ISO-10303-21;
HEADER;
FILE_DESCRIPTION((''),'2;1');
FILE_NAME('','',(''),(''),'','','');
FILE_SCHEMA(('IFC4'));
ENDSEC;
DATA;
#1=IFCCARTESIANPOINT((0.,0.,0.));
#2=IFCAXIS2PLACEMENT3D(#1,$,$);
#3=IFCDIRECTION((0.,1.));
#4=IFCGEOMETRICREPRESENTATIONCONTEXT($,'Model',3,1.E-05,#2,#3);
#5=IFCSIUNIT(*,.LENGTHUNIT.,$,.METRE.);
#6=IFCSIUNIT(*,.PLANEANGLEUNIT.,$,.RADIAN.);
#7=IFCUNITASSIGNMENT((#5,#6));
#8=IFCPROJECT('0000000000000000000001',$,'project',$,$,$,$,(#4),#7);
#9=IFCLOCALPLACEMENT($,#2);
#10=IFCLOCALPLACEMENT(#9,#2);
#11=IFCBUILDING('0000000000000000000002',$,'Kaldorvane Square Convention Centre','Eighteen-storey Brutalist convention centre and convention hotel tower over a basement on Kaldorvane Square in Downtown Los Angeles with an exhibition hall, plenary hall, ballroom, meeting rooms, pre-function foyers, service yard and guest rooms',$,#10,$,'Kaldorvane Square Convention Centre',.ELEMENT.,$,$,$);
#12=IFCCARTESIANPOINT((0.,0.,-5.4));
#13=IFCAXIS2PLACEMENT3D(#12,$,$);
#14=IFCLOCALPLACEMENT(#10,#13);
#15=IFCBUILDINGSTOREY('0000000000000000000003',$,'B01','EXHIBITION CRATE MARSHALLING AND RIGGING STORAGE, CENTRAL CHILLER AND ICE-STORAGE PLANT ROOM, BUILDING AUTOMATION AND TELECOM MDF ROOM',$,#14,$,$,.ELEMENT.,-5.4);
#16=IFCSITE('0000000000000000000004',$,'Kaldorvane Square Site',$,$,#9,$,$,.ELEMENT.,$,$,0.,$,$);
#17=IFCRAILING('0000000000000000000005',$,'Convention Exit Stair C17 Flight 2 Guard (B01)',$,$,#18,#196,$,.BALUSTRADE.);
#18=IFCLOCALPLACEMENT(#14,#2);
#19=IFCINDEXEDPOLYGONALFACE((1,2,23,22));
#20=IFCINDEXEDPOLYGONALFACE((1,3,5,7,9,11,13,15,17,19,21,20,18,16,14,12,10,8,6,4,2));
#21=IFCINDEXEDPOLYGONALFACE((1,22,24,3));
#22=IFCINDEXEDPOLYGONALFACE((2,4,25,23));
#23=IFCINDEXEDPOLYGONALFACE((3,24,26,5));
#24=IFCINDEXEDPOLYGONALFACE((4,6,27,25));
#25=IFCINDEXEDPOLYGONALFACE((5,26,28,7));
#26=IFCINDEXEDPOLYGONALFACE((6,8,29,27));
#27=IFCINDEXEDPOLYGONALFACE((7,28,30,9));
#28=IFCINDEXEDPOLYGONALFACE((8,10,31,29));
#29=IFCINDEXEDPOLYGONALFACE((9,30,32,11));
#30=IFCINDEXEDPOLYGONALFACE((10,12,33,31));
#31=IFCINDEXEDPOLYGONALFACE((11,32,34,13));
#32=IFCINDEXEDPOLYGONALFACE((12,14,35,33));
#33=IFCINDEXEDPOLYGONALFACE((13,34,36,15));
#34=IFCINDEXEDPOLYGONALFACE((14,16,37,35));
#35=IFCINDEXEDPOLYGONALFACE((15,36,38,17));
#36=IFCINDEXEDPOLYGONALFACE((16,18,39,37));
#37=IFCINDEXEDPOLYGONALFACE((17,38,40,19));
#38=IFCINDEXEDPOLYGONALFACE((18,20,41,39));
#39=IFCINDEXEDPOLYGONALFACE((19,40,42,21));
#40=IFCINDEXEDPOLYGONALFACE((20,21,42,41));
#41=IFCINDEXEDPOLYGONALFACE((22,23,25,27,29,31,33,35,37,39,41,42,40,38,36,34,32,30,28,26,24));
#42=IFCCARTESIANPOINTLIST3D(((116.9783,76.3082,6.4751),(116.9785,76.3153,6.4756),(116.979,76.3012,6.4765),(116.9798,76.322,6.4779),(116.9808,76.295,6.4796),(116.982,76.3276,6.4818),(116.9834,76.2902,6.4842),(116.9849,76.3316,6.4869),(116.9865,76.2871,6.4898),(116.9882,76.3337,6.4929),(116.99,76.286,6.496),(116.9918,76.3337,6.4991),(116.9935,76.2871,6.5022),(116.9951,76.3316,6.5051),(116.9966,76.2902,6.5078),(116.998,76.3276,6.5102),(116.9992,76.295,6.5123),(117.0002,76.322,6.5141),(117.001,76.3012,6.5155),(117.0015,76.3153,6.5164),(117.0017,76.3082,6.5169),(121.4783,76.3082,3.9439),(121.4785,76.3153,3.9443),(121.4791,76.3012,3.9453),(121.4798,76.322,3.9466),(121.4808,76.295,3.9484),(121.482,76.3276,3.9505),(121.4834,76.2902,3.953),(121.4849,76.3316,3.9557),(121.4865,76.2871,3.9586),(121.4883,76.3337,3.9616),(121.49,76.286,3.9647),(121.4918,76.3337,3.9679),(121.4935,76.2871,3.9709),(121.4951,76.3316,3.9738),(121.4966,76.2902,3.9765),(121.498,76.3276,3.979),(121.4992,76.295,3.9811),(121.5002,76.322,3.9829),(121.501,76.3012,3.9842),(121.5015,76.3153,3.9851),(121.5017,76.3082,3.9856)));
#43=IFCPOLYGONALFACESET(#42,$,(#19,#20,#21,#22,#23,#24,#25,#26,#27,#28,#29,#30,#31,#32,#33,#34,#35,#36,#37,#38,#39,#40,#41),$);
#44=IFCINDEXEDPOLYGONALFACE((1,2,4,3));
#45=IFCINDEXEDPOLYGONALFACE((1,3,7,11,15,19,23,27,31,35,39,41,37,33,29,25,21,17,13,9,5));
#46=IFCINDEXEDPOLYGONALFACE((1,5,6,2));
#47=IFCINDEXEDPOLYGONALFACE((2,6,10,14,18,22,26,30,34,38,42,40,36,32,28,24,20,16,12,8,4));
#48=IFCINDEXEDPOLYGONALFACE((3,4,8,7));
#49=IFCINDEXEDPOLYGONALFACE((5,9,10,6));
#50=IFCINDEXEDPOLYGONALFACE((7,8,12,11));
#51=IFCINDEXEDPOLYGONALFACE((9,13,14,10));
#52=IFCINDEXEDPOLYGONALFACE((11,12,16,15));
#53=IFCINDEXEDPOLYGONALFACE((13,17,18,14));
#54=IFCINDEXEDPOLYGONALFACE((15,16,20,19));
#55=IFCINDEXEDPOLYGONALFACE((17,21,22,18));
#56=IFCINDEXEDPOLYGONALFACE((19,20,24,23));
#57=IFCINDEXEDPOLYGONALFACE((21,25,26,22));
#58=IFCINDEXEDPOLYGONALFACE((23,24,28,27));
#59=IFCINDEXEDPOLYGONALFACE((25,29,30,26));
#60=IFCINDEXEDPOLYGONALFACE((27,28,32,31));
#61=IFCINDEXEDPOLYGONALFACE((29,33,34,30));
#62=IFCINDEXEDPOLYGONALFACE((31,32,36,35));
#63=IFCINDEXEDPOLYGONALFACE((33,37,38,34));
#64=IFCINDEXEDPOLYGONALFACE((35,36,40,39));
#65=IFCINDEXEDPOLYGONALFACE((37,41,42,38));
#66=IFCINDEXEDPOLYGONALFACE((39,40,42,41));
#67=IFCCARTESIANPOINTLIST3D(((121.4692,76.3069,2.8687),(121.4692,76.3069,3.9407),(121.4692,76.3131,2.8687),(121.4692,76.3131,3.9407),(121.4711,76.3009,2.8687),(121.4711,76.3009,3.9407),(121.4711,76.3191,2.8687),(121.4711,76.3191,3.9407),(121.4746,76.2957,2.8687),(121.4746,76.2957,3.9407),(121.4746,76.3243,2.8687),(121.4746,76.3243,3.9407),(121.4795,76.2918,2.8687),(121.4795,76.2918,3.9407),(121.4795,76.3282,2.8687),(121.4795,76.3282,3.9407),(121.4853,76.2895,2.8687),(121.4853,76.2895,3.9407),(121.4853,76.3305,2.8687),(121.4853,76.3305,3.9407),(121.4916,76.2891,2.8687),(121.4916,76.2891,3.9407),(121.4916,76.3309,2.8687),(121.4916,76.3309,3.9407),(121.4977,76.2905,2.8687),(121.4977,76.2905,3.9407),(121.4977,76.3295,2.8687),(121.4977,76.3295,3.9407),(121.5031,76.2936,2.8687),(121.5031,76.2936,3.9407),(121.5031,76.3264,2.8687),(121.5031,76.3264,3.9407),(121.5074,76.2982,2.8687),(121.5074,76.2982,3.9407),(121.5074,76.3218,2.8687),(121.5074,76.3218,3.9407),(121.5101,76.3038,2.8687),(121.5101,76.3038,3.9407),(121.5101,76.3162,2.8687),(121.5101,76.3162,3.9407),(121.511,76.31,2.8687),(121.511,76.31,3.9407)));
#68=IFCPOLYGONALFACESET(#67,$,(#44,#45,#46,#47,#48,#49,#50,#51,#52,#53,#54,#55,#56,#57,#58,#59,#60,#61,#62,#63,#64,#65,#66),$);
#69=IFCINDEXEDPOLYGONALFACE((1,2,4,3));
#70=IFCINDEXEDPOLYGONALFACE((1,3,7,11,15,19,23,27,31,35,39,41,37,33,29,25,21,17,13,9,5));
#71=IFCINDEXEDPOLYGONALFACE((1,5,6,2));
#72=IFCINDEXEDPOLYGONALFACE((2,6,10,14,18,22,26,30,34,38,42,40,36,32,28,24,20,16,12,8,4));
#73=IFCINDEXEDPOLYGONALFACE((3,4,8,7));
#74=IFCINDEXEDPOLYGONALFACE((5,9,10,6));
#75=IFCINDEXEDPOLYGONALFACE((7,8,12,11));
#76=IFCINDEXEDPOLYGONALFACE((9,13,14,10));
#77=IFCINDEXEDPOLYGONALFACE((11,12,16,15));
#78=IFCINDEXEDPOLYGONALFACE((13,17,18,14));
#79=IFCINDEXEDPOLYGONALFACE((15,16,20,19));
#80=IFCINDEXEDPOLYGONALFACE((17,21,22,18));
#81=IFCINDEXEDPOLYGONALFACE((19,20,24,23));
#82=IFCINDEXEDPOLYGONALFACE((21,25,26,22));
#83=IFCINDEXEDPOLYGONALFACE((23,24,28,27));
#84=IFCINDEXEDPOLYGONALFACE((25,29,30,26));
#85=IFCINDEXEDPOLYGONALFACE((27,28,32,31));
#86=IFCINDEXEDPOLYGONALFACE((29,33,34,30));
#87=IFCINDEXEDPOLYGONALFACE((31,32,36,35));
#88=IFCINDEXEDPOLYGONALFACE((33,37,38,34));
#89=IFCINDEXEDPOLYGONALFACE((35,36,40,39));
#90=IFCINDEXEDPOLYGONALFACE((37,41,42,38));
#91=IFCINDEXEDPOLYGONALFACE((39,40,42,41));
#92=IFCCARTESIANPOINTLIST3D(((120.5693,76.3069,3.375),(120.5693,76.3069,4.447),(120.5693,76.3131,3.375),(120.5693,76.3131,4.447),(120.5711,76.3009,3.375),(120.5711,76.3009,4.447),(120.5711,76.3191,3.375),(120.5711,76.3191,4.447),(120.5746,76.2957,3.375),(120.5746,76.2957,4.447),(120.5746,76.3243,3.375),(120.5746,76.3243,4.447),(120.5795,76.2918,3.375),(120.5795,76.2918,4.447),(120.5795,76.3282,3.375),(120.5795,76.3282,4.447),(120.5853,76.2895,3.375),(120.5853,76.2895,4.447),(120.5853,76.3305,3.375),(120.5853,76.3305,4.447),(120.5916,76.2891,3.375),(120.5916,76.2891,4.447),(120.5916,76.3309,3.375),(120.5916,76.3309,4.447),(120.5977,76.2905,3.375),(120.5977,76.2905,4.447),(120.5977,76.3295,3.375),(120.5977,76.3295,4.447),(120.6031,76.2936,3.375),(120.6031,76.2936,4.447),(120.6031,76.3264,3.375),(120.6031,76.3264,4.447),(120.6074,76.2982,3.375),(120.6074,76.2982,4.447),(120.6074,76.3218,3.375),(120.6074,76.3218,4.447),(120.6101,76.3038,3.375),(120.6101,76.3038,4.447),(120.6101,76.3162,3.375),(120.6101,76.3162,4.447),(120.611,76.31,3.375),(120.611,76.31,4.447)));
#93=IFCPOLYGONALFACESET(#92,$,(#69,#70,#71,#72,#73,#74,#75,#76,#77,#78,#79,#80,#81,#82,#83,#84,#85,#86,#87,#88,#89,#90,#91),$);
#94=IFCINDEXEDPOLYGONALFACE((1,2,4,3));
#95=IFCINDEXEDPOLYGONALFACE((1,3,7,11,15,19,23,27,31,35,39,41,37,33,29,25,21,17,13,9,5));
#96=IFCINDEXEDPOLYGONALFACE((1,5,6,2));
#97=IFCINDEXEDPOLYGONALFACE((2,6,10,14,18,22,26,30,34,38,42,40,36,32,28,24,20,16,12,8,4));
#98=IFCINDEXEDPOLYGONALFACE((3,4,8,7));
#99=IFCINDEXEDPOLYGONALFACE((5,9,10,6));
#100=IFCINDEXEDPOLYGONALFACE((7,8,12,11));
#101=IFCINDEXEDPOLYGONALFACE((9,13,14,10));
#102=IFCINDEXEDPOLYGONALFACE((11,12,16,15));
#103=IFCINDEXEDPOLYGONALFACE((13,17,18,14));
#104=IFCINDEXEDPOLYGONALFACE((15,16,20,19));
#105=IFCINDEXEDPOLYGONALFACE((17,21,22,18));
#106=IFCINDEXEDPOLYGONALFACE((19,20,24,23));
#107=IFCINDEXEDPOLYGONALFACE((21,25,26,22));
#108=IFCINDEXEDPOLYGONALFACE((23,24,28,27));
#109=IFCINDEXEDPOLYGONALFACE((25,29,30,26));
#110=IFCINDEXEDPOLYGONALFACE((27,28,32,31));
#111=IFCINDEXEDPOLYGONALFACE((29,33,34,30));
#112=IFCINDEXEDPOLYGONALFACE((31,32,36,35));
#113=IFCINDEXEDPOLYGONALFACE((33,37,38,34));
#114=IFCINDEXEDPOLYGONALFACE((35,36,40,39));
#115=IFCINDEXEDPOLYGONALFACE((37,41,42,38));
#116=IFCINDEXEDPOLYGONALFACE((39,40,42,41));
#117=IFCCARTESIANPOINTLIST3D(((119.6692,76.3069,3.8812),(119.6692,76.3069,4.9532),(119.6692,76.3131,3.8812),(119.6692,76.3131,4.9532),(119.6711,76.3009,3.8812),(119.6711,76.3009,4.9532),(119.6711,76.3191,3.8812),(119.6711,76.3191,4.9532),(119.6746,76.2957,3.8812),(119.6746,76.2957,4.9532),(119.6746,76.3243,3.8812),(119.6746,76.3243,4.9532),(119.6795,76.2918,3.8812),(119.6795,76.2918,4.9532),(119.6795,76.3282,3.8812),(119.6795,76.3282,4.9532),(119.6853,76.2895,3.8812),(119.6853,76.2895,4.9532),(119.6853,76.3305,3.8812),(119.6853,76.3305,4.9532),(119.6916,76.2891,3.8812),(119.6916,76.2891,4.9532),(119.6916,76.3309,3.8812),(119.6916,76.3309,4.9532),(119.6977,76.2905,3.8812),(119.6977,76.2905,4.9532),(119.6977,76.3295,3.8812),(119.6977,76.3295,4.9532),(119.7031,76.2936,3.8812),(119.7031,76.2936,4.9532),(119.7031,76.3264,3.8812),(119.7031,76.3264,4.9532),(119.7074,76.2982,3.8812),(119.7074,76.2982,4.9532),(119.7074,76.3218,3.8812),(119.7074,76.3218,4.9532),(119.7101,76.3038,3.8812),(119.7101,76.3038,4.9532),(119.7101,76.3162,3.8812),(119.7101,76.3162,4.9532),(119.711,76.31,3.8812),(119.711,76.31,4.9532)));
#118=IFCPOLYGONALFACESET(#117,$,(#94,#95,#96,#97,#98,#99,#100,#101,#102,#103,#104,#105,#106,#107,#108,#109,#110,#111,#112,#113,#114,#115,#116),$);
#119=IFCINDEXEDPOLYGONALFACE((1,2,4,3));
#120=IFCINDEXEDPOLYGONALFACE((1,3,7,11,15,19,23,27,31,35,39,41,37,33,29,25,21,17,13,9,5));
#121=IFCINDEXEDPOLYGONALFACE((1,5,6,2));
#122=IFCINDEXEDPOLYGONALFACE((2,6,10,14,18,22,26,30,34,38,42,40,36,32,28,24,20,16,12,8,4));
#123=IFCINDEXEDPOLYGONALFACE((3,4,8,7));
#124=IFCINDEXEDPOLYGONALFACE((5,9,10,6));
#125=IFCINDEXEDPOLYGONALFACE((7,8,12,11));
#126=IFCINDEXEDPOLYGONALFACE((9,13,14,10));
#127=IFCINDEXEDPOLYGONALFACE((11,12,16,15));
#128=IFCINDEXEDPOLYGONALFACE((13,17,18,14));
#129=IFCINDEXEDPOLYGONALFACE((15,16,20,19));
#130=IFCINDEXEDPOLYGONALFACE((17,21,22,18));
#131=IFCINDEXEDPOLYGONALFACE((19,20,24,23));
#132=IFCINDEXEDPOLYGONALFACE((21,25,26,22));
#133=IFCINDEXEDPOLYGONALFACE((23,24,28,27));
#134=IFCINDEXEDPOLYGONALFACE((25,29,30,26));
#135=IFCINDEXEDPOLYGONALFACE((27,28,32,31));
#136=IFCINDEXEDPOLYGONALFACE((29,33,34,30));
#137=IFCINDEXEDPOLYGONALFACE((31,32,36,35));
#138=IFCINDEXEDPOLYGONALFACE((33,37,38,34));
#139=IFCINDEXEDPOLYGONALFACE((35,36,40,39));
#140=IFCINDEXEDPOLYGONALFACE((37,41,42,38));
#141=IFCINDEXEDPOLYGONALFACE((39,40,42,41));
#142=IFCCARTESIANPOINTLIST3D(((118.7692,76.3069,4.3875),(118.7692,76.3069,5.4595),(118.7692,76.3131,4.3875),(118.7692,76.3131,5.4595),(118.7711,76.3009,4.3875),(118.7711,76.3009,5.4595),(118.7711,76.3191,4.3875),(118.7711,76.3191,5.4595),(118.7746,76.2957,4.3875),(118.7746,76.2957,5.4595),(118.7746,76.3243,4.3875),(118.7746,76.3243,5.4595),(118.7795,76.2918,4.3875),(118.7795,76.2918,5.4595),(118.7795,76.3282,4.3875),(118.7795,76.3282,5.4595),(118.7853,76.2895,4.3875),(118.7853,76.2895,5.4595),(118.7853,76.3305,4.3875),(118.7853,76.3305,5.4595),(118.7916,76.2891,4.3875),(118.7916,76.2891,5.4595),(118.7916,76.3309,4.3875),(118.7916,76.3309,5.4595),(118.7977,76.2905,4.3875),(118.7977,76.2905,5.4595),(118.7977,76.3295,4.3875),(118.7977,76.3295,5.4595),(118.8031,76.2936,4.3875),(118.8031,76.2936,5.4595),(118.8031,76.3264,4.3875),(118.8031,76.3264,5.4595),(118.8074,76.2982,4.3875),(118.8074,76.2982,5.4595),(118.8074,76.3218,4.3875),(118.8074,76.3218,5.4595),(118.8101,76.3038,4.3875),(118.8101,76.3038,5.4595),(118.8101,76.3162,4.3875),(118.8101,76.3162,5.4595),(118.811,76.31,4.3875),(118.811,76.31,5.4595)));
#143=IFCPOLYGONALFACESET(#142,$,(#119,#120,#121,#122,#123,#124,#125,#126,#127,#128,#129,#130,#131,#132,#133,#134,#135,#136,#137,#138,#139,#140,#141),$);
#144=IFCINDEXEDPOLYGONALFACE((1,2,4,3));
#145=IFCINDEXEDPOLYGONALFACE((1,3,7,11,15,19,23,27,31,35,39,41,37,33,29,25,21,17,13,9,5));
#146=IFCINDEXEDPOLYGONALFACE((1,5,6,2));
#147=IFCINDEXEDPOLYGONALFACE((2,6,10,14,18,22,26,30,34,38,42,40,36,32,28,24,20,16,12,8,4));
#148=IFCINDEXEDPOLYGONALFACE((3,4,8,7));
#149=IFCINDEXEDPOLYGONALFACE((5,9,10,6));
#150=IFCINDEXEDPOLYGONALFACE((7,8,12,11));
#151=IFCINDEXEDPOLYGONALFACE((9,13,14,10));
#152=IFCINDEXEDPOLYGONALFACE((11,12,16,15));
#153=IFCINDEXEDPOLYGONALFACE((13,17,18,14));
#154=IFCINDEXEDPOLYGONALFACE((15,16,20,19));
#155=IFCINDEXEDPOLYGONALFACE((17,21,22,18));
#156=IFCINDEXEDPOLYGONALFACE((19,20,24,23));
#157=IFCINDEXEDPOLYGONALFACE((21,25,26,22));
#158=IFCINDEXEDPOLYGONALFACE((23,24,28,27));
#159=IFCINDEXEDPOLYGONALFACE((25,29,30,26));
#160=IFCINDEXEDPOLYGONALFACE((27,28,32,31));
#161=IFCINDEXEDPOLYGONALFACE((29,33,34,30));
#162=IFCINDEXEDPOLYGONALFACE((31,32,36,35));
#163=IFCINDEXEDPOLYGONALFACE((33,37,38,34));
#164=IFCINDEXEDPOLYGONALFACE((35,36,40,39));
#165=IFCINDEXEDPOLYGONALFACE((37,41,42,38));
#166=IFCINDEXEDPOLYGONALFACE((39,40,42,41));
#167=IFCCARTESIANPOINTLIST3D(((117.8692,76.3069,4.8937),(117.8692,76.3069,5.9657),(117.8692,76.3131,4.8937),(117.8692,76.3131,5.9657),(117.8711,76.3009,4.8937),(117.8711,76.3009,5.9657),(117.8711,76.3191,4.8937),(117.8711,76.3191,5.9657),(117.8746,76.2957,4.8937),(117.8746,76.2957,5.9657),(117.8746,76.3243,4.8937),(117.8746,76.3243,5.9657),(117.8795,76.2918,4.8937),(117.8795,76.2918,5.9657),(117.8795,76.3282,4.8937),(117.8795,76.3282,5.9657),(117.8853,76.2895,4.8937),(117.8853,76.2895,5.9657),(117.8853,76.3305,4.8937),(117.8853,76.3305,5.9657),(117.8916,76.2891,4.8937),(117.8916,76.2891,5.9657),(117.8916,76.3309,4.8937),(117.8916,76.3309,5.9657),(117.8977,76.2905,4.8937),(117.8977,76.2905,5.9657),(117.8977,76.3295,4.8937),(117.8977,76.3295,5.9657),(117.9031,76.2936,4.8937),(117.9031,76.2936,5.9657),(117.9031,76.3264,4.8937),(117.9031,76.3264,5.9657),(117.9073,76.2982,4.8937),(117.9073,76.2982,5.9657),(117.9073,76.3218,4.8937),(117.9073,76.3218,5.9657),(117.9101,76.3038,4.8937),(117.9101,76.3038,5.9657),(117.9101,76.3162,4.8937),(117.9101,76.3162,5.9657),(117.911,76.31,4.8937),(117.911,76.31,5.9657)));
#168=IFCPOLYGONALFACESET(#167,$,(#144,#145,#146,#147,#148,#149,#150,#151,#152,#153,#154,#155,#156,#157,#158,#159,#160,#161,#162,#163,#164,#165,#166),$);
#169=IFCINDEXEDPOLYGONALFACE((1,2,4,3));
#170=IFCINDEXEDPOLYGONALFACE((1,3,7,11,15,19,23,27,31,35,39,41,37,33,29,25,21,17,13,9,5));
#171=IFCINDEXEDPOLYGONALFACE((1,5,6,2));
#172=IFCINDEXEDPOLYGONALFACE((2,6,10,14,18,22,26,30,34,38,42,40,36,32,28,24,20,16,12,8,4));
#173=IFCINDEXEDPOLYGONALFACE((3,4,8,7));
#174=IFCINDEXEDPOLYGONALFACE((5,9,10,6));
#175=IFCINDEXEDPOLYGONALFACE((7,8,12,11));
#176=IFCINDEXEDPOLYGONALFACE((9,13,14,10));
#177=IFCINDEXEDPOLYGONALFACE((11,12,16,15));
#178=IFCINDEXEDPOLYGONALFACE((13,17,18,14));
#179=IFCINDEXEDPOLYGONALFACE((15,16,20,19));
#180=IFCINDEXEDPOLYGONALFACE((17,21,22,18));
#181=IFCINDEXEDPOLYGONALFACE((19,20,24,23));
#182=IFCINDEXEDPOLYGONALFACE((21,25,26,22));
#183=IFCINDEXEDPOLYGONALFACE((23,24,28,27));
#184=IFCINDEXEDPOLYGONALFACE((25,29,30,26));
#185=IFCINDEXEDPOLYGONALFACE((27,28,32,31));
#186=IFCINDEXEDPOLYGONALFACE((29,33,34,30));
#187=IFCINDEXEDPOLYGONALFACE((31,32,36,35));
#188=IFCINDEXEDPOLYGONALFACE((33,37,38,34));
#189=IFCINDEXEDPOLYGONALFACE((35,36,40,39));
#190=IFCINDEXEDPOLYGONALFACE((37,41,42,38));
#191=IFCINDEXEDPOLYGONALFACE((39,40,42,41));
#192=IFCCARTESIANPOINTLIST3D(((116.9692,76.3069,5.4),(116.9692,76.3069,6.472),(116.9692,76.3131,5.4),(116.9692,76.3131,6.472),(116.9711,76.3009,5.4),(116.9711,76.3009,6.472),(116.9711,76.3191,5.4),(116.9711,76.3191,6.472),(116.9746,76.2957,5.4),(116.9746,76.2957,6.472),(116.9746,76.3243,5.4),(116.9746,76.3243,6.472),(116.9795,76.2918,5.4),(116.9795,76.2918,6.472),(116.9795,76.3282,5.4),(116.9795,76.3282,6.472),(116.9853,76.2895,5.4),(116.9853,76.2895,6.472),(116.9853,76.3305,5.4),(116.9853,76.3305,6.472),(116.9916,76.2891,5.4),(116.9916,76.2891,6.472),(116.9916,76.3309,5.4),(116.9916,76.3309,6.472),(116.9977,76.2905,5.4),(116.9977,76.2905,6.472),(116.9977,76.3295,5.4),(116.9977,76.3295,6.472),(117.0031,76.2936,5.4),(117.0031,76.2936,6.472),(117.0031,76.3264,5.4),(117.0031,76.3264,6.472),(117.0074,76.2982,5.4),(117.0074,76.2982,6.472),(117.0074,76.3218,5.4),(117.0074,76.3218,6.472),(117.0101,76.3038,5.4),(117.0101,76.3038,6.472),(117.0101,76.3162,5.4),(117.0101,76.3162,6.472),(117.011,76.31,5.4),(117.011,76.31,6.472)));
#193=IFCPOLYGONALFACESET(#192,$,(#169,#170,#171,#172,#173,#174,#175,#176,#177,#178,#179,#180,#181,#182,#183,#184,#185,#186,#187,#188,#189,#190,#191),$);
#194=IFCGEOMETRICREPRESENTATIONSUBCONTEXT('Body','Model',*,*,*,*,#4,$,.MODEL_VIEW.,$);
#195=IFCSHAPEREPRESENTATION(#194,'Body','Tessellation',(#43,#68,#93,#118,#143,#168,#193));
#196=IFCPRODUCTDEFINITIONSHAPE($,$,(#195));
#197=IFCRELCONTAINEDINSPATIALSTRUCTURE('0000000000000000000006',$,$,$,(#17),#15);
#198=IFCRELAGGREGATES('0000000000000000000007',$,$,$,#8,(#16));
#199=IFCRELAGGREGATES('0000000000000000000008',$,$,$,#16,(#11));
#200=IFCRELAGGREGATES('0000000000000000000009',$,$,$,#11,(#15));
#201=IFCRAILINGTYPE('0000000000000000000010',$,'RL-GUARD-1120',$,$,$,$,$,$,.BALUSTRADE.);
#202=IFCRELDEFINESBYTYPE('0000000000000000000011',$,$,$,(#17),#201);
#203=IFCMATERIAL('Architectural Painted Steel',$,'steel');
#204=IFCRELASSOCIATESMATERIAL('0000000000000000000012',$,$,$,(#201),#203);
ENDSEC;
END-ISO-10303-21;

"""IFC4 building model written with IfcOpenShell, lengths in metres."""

from ifc_helpers import new_model, si_unit, direction, frame, origin, origin_2d, place, context, subcontext, project, spatial, circle, extrude, material, type_object, element, save


model = new_model("IFC4")

# Units and contexts
model_context = context("Model", 3, precision=1e-05, world=origin(), true_north=direction((0.0, 1.0)))
body_context = subcontext(model_context, "Body", "Model", "MODEL_VIEW")
ifc_project = project(units=[si_unit("LENGTHUNIT", "METRE"), si_unit("PLANEANGLEUNIT", "RADIAN")], contexts=[model_context])

# Site, building, storey
site_placement = place(None, origin())
site = spatial("IfcSite", under=ifc_project, at=site_placement, Name="Kaldorvane Square Site", CompositionType="ELEMENT", RefElevation=0.0)
building_placement = place(site_placement, origin())
building = spatial("IfcBuilding", under=site, at=building_placement, Name="Kaldorvane Square Convention Centre", Description="Eighteen-storey Brutalist convention centre and convention hotel tower over a basement on Kaldorvane Square in Downtown Los Angeles with an exhibition hall, plenary hall, ballroom, meeting rooms, pre-function foyers, service yard and guest rooms", LongName="Kaldorvane Square Convention Centre", CompositionType="ELEMENT")
storey_placement = place(building_placement, frame((0.0, 0.0, -5.4)))
storey = spatial("IfcBuildingStorey", under=building, at=storey_placement, Name="B01", Description="EXHIBITION CRATE MARSHALLING AND RIGGING STORAGE, CENTRAL CHILLER AND ICE-STORAGE PLANT ROOM, BUILDING AUTOMATION AND TELECOM MDF ROOM", CompositionType="ELEMENT", Elevation=-5.4)

# Railing
ifc_material_1 = material(Name="Architectural Painted Steel", Category="steel")
railing_type_1 = type_object("IfcRailingType", Name="RL-GUARD-1120", PredefinedType="BALUSTRADE", material=ifc_material_1)
railing_1_placement = place(storey_placement, frame((121.49, 76.31, 2.8687)))
element("IfcRailing", 1, at=railing_1_placement, inside=storey, type_object=railing_type_1, Name="Convention Exit Stair C17 Flight 2 Guard (B01)", PredefinedType="BALUSTRADE", context=body_context, shape_type="SweptSolid", body=[
    extrude(circle(Radius=0.024, at=origin_2d()), frame((0.0, 0.0, 1.096), z_axis=(-0.871576, 0.0, 0.490261), x_axis=(0.0, -1.0, 0.0)), (0.0, 0.0, 1.0), 5.1631),
    extrude(circle(Radius=0.021, at=origin_2d()), origin(), (0.0, 0.0, 1.0), 1.072),
    extrude(circle(Radius=0.021, at=origin_2d()), frame((-0.9, 0.0, 0.5063)), (0.0, 0.0, 1.0), 1.072),
    extrude(circle(Radius=0.021, at=origin_2d()), frame((-1.8, 0.0, 1.0125)), (0.0, 0.0, 1.0), 1.072),
    extrude(circle(Radius=0.021, at=origin_2d()), frame((-2.7, 0.0, 1.5188)), (0.0, 0.0, 1.0), 1.072),
    extrude(circle(Radius=0.021, at=origin_2d()), frame((-3.6, 0.0, 2.025)), (0.0, 0.0, 1.0), 1.072),
    extrude(circle(Radius=0.021, at=origin_2d()), frame((-4.5, 0.0, 2.5312)), (0.0, 0.0, 1.0), 1.072),
])

save(model, "model.ifc")
